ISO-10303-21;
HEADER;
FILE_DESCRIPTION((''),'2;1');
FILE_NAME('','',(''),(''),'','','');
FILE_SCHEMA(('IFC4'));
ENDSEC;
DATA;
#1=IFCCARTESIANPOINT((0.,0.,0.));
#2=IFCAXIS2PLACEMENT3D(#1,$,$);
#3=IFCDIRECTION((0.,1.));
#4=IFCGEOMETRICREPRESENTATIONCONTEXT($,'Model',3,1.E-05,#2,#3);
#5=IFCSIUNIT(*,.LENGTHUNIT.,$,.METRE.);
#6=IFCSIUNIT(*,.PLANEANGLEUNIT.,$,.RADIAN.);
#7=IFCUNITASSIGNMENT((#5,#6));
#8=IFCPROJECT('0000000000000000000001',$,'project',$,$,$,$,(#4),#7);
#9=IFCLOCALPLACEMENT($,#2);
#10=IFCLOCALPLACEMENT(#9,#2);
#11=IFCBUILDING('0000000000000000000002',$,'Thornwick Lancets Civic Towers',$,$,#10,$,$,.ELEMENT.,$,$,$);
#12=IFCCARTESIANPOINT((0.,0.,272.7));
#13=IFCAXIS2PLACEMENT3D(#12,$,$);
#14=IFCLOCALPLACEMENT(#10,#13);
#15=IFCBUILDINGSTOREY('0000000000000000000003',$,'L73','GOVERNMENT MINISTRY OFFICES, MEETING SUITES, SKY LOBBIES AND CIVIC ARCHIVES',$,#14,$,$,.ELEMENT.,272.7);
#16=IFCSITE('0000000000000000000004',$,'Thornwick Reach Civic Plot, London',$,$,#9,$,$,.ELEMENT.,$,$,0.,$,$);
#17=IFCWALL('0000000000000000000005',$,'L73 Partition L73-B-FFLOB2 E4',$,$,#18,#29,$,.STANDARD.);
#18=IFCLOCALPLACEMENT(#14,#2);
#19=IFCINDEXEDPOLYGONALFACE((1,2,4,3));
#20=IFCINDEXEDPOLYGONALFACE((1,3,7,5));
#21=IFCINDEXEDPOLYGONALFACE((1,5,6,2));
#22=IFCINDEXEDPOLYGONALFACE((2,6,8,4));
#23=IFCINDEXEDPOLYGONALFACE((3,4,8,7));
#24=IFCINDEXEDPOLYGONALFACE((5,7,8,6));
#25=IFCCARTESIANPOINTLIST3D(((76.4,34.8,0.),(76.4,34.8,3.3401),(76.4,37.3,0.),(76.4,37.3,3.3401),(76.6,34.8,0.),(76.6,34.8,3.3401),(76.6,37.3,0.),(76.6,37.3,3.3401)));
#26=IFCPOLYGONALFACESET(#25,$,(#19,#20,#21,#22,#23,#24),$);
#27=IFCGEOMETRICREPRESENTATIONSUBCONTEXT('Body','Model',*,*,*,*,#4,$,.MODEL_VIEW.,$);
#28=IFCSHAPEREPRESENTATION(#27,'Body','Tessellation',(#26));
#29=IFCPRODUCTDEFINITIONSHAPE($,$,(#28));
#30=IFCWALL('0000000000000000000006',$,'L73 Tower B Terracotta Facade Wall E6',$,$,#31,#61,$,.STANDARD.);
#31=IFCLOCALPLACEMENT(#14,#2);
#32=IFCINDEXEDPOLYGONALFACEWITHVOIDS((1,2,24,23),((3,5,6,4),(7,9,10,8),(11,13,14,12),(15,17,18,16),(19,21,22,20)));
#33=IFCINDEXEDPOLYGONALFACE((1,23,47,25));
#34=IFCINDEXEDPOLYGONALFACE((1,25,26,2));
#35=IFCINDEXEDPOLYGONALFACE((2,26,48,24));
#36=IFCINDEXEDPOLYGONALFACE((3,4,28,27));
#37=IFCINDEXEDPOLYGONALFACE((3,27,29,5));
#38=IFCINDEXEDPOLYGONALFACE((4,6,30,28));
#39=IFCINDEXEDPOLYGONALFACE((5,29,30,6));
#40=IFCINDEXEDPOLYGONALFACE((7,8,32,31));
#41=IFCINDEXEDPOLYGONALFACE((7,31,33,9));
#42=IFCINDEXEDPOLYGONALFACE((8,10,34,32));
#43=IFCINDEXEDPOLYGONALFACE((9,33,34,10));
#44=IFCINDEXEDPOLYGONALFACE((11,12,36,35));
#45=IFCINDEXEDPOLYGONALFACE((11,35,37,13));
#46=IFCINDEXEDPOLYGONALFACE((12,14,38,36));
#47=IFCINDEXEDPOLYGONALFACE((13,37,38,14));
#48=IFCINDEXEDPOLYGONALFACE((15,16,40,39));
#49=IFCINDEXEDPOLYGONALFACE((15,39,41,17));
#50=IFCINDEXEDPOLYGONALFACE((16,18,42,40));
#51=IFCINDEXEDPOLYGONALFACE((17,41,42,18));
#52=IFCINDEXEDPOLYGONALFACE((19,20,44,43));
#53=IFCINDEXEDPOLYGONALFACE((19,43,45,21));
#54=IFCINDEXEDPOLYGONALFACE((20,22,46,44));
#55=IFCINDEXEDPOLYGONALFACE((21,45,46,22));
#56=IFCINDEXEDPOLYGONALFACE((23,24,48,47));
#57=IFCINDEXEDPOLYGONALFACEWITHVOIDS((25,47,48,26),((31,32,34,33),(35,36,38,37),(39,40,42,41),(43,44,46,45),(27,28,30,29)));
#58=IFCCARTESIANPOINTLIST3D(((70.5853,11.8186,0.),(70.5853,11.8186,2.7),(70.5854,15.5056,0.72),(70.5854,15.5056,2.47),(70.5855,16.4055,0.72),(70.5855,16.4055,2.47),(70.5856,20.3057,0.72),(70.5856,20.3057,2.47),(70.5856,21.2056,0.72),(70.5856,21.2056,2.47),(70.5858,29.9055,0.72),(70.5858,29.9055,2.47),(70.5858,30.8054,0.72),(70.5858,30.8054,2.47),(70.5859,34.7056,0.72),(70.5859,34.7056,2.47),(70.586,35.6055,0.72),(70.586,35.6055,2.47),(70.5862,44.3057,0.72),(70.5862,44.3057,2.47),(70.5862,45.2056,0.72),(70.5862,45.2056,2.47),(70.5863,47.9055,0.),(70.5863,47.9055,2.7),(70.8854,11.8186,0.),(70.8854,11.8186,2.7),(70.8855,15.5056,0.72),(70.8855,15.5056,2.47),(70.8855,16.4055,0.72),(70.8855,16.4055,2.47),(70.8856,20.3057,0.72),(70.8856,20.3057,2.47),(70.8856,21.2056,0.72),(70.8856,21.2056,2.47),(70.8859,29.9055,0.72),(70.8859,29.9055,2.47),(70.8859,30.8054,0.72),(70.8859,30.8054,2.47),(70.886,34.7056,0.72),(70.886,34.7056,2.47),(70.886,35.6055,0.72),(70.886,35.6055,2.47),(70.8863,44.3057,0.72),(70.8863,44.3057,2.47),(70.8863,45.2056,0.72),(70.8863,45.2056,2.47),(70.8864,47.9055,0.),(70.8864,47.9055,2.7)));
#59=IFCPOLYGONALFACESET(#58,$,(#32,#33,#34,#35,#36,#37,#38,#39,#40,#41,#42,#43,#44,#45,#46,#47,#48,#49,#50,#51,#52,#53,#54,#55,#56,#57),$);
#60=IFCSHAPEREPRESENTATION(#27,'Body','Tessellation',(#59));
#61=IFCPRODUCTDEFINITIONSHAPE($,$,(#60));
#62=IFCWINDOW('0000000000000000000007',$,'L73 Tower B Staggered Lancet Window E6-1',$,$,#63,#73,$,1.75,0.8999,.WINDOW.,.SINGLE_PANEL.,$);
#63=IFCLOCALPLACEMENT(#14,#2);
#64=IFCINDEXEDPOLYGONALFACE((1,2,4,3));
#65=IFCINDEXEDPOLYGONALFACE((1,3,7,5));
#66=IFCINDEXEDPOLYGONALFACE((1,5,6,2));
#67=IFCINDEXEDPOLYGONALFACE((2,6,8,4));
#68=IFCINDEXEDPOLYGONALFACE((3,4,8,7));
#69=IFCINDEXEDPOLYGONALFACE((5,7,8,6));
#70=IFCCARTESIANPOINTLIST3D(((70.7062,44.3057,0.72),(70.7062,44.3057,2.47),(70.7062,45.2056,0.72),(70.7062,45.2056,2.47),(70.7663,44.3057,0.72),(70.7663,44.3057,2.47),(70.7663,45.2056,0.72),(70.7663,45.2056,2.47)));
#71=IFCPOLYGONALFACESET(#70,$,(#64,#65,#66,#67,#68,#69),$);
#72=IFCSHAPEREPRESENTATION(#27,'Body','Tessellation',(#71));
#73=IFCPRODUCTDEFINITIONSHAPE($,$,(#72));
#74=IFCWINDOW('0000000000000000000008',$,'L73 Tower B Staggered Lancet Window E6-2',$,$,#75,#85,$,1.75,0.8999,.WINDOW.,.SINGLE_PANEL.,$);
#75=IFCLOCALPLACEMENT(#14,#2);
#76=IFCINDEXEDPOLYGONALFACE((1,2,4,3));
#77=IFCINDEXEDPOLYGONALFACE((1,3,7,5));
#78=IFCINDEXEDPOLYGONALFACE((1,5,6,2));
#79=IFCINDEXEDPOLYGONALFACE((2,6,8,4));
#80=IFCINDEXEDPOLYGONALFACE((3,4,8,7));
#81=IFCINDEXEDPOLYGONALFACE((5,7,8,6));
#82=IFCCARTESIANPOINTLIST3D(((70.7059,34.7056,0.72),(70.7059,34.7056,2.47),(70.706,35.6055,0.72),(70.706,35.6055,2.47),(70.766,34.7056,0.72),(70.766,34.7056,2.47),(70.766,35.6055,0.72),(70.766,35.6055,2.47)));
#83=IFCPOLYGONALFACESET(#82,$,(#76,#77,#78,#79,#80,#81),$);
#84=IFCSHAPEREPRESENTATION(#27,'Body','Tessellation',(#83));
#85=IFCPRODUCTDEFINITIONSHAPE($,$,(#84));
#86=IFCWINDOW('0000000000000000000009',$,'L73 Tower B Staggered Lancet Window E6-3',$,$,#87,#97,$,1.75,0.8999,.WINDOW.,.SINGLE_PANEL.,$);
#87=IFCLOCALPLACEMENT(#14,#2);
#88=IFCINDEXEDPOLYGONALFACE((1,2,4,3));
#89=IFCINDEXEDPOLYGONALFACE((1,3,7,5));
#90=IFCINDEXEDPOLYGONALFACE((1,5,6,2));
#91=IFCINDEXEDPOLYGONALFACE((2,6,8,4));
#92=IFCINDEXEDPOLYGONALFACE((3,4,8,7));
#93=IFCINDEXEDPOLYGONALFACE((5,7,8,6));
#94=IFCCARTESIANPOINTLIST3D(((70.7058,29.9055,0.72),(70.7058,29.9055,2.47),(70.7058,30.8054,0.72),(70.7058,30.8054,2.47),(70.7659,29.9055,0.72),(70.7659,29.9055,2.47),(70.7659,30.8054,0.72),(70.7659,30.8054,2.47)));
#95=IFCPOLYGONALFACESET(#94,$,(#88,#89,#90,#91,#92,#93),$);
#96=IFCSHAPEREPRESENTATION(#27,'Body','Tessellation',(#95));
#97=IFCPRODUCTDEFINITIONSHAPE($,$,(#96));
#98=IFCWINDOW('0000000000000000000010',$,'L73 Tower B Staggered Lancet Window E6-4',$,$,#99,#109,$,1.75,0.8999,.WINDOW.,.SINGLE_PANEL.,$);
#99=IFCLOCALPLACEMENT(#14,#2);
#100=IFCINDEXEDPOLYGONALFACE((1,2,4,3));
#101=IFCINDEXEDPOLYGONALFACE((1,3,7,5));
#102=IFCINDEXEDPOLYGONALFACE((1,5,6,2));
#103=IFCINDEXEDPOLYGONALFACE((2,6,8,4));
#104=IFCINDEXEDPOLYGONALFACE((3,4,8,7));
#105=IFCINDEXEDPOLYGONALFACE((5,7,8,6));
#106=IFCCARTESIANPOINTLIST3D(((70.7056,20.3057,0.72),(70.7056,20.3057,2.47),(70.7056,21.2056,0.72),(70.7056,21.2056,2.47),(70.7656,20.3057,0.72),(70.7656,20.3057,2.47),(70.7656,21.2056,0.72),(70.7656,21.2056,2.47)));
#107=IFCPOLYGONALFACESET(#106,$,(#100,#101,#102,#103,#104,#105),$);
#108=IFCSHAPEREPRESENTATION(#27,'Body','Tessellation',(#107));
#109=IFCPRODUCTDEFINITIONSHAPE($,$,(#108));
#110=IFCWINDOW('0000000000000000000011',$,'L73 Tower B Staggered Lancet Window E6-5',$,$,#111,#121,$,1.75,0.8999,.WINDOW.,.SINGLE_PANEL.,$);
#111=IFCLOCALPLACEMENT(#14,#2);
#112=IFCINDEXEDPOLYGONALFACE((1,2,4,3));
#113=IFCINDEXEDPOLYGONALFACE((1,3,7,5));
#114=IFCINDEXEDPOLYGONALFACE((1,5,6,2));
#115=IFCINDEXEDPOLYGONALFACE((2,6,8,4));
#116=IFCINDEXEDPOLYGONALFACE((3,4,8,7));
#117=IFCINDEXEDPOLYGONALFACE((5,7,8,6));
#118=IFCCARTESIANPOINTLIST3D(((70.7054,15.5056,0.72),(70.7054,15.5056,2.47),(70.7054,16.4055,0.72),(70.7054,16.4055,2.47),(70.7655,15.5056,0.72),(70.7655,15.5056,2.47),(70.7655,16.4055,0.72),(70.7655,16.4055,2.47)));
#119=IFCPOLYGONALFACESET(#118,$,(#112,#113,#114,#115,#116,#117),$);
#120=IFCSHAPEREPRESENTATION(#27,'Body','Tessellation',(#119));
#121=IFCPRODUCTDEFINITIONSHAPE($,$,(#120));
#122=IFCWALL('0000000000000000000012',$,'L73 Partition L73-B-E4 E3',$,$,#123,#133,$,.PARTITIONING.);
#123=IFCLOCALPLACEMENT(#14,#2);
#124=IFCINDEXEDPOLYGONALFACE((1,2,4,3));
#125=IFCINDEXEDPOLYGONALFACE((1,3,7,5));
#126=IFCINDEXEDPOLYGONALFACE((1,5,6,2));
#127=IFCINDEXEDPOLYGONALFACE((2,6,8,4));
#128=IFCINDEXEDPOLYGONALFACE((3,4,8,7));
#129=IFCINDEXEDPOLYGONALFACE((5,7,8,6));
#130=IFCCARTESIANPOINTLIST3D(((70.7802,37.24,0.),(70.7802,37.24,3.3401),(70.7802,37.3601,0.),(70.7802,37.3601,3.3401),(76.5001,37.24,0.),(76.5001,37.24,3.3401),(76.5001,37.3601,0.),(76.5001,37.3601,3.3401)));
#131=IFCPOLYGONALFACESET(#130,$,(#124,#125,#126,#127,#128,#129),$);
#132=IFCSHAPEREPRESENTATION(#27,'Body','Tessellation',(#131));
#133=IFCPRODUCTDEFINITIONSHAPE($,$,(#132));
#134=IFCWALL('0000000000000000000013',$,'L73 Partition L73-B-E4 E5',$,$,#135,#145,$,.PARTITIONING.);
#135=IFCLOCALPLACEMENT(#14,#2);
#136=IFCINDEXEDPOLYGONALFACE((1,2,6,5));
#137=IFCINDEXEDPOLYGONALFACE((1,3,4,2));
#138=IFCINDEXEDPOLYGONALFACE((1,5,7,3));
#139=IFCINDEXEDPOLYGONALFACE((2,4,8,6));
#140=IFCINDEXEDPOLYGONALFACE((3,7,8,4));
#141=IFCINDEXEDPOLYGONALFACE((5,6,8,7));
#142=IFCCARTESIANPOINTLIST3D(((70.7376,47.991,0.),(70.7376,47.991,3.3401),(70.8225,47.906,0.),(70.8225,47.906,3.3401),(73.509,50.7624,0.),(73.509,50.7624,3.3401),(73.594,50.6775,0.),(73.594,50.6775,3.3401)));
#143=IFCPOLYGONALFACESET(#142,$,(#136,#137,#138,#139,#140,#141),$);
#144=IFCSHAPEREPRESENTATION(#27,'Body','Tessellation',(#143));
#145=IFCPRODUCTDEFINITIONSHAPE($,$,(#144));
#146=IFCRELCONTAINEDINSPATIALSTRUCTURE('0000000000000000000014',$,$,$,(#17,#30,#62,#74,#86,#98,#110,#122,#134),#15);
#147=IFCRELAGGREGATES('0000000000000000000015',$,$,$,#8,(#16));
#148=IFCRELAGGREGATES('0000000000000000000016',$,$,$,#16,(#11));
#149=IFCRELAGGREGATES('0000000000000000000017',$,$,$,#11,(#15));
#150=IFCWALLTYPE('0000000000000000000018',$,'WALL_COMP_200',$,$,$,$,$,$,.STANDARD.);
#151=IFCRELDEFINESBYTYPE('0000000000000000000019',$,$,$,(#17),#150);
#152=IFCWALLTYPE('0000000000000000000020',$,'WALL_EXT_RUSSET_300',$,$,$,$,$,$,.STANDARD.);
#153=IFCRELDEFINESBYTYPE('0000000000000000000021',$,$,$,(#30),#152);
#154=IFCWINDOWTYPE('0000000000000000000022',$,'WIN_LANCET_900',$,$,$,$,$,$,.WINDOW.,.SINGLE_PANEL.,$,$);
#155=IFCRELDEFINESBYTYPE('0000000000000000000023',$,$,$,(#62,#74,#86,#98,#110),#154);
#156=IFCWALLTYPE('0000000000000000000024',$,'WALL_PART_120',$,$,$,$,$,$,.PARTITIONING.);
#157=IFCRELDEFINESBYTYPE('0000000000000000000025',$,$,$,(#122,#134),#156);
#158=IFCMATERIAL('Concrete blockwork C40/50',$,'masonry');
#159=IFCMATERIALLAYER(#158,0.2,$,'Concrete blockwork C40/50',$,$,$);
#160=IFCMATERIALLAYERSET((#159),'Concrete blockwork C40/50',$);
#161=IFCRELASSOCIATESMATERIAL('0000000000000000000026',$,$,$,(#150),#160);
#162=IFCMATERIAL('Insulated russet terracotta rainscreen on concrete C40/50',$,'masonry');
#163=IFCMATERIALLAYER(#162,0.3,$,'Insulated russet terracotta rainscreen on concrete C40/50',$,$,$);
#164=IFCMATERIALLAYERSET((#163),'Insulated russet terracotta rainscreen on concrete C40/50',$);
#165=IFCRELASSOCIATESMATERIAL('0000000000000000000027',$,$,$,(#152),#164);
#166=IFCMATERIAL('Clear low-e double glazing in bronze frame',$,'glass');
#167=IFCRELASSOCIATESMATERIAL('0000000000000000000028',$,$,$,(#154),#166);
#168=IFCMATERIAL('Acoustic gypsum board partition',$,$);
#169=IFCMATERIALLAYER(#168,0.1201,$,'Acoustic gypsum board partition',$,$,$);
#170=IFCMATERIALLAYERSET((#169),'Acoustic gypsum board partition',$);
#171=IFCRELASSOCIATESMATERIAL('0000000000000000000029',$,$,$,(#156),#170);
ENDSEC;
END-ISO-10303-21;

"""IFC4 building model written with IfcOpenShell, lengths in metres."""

from ifc_helpers import new_model, si_unit, direction, frame, frame_2d, origin, place, context, subcontext, project, spatial, rectangle, extrude, material, layer, layer_set, type_object, element, fill, save


model = new_model("IFC4")

# Units and contexts
model_context = context("Model", 3, precision=1e-05, world=origin(), true_north=direction((0.0, 1.0)))
body_context = subcontext(model_context, "Body", "Model", "MODEL_VIEW")
ifc_project = project(units=[si_unit("LENGTHUNIT", "METRE"), si_unit("PLANEANGLEUNIT", "RADIAN")], contexts=[model_context])

# Site, building, storey
site_placement = place(None, origin())
site = spatial("IfcSite", under=ifc_project, at=site_placement, Name="Thornwick Reach Civic Plot, London", CompositionType="ELEMENT", RefElevation=0.0)
building_placement = place(site_placement, origin())
building = spatial("IfcBuilding", under=site, at=building_placement, Name="Thornwick Lancets Civic Towers", CompositionType="ELEMENT")
storey_placement = place(building_placement, frame((0.0, 0.0, 272.7)))
storey = spatial("IfcBuildingStorey", under=building, at=storey_placement, Name="L73", Description="GOVERNMENT MINISTRY OFFICES, MEETING SUITES, SKY LOBBIES AND CIVIC ARCHIVES", CompositionType="ELEMENT", Elevation=272.7)

# Wall
ifc_material_1 = material(Name="Concrete blockwork C40/50", Category="masonry")
ifc_layer_1 = layer(ifc_material_1, 0.2, Name="Concrete blockwork C40/50")
ifc_layer_set_1 = layer_set([ifc_layer_1], Name="Concrete blockwork C40/50")
wall_type_1 = type_object("IfcWallType", Name="WALL_COMP_200", PredefinedType="STANDARD", material=ifc_layer_set_1)
wall_1_placement = place(storey_placement, frame((76.5, 37.3, 0.0), z_axis=(0.0, 0.0, 1.0), x_axis=(0.0, -1.0, 0.0)))
element("IfcWall", 1, at=wall_1_placement, inside=storey, type_object=wall_type_1, Name="L73 Partition L73-B-FFLOB2 E4", PredefinedType="STANDARD", context=body_context, shape_type="SweptSolid", body=[
    extrude(rectangle(XDim=2.5, YDim=0.2, at=frame_2d((1.25, 0.0))), origin(), (0.0, 0.0, 1.0), 3.3401),
])

# Wall, openings, windows
ifc_material_2 = material(Name="Insulated russet terracotta rainscreen on concrete C40/50", Category="masonry")
ifc_layer_2 = layer(ifc_material_2, 0.3, Name="Insulated russet terracotta rainscreen on concrete C40/50")
ifc_layer_set_2 = layer_set([ifc_layer_2], Name="Insulated russet terracotta rainscreen on concrete C40/50")
wall_type_2 = type_object("IfcWallType", Name="WALL_EXT_RUSSET_300", PredefinedType="STANDARD", material=ifc_layer_set_2)
wall_2_placement = place(storey_placement, frame((70.7363, 47.9055, 0.0), z_axis=(0.0, 0.0, 1.0), x_axis=(-0.000027, -1.0, 0.0)))
wall_2 = element("IfcWall", 2, at=wall_2_placement, inside=storey, type_object=wall_type_2, Name="L73 Tower B Terracotta Facade Wall E6", PredefinedType="STANDARD", context=body_context, shape_type="SweptSolid", body=[
    extrude(rectangle(XDim=36.0869, YDim=0.3, at=frame_2d((18.0435, 0.0))), origin(), (0.0, 0.0, 1.0), 2.7),
])
opening_1_placement = place(wall_2_placement, frame((2.7, 0.0, 0.72)))
opening_1 = element("IfcOpeningElement", 3, at=opening_1_placement, cuts=wall_2, PredefinedType="OPENING", context=body_context, shape_type="SweptSolid", body=[
    extrude(rectangle(XDim=0.8999, YDim=1.75, at=frame_2d((0.45, 0.875))), frame((0.0, 0.1602, 0.0), z_axis=(0.0, -1.0, 0.0), x_axis=(1.0, 0.0, 0.0)), (0.0, 0.0, 1.0), 0.3201),
])
opening_2_placement = place(wall_2_placement, frame((12.3, 0.0, 0.72)))
opening_2 = element("IfcOpeningElement", 4, at=opening_2_placement, cuts=wall_2, PredefinedType="OPENING", context=body_context, shape_type="SweptSolid", body=[
    extrude(rectangle(XDim=0.8999, YDim=1.75, at=frame_2d((0.45, 0.875))), frame((0.0, 0.1602, 0.0), z_axis=(0.0, -1.0, 0.0), x_axis=(1.0, 0.0, 0.0)), (0.0, 0.0, 1.0), 0.3201),
])
opening_3_placement = place(wall_2_placement, frame((17.1001, 0.0, 0.72)))
opening_3 = element("IfcOpeningElement", 5, at=opening_3_placement, cuts=wall_2, PredefinedType="OPENING", context=body_context, shape_type="SweptSolid", body=[
    extrude(rectangle(XDim=0.8999, YDim=1.75, at=frame_2d((0.45, 0.875))), frame((0.0, 0.1602, 0.0), z_axis=(0.0, -1.0, 0.0), x_axis=(1.0, 0.0, 0.0)), (0.0, 0.0, 1.0), 0.3201),
])
opening_4_placement = place(wall_2_placement, frame((26.7, 0.0, 0.72)))
opening_4 = element("IfcOpeningElement", 6, at=opening_4_placement, cuts=wall_2, PredefinedType="OPENING", context=body_context, shape_type="SweptSolid", body=[
    extrude(rectangle(XDim=0.8999, YDim=1.75, at=frame_2d((0.45, 0.875))), frame((0.0, 0.1602, 0.0), z_axis=(0.0, -1.0, 0.0), x_axis=(1.0, 0.0, 0.0)), (0.0, 0.0, 1.0), 0.3201),
])
opening_5_placement = place(wall_2_placement, frame((31.5, 0.0, 0.72)))
opening_5 = element("IfcOpeningElement", 7, at=opening_5_placement, cuts=wall_2, PredefinedType="OPENING", context=body_context, shape_type="SweptSolid", body=[
    extrude(rectangle(XDim=0.8999, YDim=1.75, at=frame_2d((0.45, 0.875))), frame((0.0, 0.1602, 0.0), z_axis=(0.0, -1.0, 0.0), x_axis=(1.0, 0.0, 0.0)), (0.0, 0.0, 1.0), 0.3201),
])
ifc_material_3 = material(Name="Clear low-e double glazing in bronze frame", Category="glass")
window_type = type_object("IfcWindowType", Name="WIN_LANCET_900", PartitioningType="SINGLE_PANEL", PredefinedType="WINDOW", material=ifc_material_3)
window_1_placement = place(opening_1_placement, origin())
window_1 = element("IfcWindow", 8, at=window_1_placement, inside=storey, type_object=window_type, Name="L73 Tower B Staggered Lancet Window E6-1", OverallHeight=1.75, OverallWidth=0.8999, PartitioningType="SINGLE_PANEL", PredefinedType="WINDOW", context=body_context, shape_type="SweptSolid", body=[
    extrude(rectangle(XDim=0.8999, YDim=1.75, at=frame_2d((0.45, 0.875))), frame((0.0, 0.03, 0.0), z_axis=(0.0, -1.0, 0.0), x_axis=(1.0, 0.0, 0.0)), (0.0, 0.0, 1.0), 0.0601),
])
fill(opening_1, window_1)
window_2_placement = place(opening_2_placement, origin())
window_2 = element("IfcWindow", 9, at=window_2_placement, inside=storey, type_object=window_type, Name="L73 Tower B Staggered Lancet Window E6-2", OverallHeight=1.75, OverallWidth=0.8999, PartitioningType="SINGLE_PANEL", PredefinedType="WINDOW", context=body_context, shape_type="SweptSolid", body=[
    extrude(rectangle(XDim=0.8999, YDim=1.75, at=frame_2d((0.45, 0.875))), frame((0.0, 0.03, 0.0), z_axis=(0.0, -1.0, 0.0), x_axis=(1.0, 0.0, 0.0)), (0.0, 0.0, 1.0), 0.0601),
])
fill(opening_2, window_2)
window_3_placement = place(opening_3_placement, origin())
window_3 = element("IfcWindow", 10, at=window_3_placement, inside=storey, type_object=window_type, Name="L73 Tower B Staggered Lancet Window E6-3", OverallHeight=1.75, OverallWidth=0.8999, PartitioningType="SINGLE_PANEL", PredefinedType="WINDOW", context=body_context, shape_type="SweptSolid", body=[
    extrude(rectangle(XDim=0.8999, YDim=1.75, at=frame_2d((0.45, 0.875))), frame((0.0, 0.03, 0.0), z_axis=(0.0, -1.0, 0.0), x_axis=(1.0, 0.0, 0.0)), (0.0, 0.0, 1.0), 0.0601),
])
fill(opening_3, window_3)
window_4_placement = place(opening_4_placement, origin())
window_4 = element("IfcWindow", 11, at=window_4_placement, inside=storey, type_object=window_type, Name="L73 Tower B Staggered Lancet Window E6-4", OverallHeight=1.75, OverallWidth=0.8999, PartitioningType="SINGLE_PANEL", PredefinedType="WINDOW", context=body_context, shape_type="SweptSolid", body=[
    extrude(rectangle(XDim=0.8999, YDim=1.75, at=frame_2d((0.45, 0.875))), frame((0.0, 0.03, 0.0), z_axis=(0.0, -1.0, 0.0), x_axis=(1.0, 0.0, 0.0)), (0.0, 0.0, 1.0), 0.0601),
])
fill(opening_4, window_4)
window_5_placement = place(opening_5_placement, origin())
window_5 = element("IfcWindow", 12, at=window_5_placement, inside=storey, type_object=window_type, Name="L73 Tower B Staggered Lancet Window E6-5", OverallHeight=1.75, OverallWidth=0.8999, PartitioningType="SINGLE_PANEL", PredefinedType="WINDOW", context=body_context, shape_type="SweptSolid", body=[
    extrude(rectangle(XDim=0.8999, YDim=1.75, at=frame_2d((0.45, 0.875))), frame((0.0, 0.03, 0.0), z_axis=(0.0, -1.0, 0.0), x_axis=(1.0, 0.0, 0.0)), (0.0, 0.0, 1.0), 0.0601),
])
fill(opening_5, window_5)

# Walls
ifc_material_4 = material(Name="Acoustic gypsum board partition")
ifc_layer_3 = layer(ifc_material_4, 0.1201, Name="Acoustic gypsum board partition")
ifc_layer_set_3 = layer_set([ifc_layer_3], Name="Acoustic gypsum board partition")
wall_type_3 = type_object("IfcWallType", Name="WALL_PART_120", PredefinedType="PARTITIONING", material=ifc_layer_set_3)
wall_3_placement = place(storey_placement, frame((76.5, 37.3, 0.0), z_axis=(0.0, 0.0, 1.0), x_axis=(-1.0, 0.0, 0.0)))
element("IfcWall", 13, at=wall_3_placement, inside=storey, type_object=wall_type_3, Name="L73 Partition L73-B-E4 E3", PredefinedType="PARTITIONING", context=body_context, shape_type="SweptSolid", body=[
    extrude(rectangle(XDim=5.72, YDim=0.1201, at=frame_2d((2.8599, 0.0))), origin(), (0.0, 0.0, 1.0), 3.3401),
])
wall_4_placement = place(storey_placement, frame((70.78, 47.9485, 0.0), z_axis=(0.0, 0.0, 1.0), x_axis=(0.707107, 0.707107, 0.0)))
element("IfcWall", 14, at=wall_4_placement, inside=storey, type_object=wall_type_3, Name="L73 Partition L73-B-E4 E5", PredefinedType="PARTITIONING", context=body_context, shape_type="SweptSolid", body=[
    extrude(rectangle(XDim=3.9194, YDim=0.1201, at=frame_2d((1.9597, 0.0))), origin(), (0.0, 0.0, 1.0), 3.3401),
])

save(model, "model.ifc")
